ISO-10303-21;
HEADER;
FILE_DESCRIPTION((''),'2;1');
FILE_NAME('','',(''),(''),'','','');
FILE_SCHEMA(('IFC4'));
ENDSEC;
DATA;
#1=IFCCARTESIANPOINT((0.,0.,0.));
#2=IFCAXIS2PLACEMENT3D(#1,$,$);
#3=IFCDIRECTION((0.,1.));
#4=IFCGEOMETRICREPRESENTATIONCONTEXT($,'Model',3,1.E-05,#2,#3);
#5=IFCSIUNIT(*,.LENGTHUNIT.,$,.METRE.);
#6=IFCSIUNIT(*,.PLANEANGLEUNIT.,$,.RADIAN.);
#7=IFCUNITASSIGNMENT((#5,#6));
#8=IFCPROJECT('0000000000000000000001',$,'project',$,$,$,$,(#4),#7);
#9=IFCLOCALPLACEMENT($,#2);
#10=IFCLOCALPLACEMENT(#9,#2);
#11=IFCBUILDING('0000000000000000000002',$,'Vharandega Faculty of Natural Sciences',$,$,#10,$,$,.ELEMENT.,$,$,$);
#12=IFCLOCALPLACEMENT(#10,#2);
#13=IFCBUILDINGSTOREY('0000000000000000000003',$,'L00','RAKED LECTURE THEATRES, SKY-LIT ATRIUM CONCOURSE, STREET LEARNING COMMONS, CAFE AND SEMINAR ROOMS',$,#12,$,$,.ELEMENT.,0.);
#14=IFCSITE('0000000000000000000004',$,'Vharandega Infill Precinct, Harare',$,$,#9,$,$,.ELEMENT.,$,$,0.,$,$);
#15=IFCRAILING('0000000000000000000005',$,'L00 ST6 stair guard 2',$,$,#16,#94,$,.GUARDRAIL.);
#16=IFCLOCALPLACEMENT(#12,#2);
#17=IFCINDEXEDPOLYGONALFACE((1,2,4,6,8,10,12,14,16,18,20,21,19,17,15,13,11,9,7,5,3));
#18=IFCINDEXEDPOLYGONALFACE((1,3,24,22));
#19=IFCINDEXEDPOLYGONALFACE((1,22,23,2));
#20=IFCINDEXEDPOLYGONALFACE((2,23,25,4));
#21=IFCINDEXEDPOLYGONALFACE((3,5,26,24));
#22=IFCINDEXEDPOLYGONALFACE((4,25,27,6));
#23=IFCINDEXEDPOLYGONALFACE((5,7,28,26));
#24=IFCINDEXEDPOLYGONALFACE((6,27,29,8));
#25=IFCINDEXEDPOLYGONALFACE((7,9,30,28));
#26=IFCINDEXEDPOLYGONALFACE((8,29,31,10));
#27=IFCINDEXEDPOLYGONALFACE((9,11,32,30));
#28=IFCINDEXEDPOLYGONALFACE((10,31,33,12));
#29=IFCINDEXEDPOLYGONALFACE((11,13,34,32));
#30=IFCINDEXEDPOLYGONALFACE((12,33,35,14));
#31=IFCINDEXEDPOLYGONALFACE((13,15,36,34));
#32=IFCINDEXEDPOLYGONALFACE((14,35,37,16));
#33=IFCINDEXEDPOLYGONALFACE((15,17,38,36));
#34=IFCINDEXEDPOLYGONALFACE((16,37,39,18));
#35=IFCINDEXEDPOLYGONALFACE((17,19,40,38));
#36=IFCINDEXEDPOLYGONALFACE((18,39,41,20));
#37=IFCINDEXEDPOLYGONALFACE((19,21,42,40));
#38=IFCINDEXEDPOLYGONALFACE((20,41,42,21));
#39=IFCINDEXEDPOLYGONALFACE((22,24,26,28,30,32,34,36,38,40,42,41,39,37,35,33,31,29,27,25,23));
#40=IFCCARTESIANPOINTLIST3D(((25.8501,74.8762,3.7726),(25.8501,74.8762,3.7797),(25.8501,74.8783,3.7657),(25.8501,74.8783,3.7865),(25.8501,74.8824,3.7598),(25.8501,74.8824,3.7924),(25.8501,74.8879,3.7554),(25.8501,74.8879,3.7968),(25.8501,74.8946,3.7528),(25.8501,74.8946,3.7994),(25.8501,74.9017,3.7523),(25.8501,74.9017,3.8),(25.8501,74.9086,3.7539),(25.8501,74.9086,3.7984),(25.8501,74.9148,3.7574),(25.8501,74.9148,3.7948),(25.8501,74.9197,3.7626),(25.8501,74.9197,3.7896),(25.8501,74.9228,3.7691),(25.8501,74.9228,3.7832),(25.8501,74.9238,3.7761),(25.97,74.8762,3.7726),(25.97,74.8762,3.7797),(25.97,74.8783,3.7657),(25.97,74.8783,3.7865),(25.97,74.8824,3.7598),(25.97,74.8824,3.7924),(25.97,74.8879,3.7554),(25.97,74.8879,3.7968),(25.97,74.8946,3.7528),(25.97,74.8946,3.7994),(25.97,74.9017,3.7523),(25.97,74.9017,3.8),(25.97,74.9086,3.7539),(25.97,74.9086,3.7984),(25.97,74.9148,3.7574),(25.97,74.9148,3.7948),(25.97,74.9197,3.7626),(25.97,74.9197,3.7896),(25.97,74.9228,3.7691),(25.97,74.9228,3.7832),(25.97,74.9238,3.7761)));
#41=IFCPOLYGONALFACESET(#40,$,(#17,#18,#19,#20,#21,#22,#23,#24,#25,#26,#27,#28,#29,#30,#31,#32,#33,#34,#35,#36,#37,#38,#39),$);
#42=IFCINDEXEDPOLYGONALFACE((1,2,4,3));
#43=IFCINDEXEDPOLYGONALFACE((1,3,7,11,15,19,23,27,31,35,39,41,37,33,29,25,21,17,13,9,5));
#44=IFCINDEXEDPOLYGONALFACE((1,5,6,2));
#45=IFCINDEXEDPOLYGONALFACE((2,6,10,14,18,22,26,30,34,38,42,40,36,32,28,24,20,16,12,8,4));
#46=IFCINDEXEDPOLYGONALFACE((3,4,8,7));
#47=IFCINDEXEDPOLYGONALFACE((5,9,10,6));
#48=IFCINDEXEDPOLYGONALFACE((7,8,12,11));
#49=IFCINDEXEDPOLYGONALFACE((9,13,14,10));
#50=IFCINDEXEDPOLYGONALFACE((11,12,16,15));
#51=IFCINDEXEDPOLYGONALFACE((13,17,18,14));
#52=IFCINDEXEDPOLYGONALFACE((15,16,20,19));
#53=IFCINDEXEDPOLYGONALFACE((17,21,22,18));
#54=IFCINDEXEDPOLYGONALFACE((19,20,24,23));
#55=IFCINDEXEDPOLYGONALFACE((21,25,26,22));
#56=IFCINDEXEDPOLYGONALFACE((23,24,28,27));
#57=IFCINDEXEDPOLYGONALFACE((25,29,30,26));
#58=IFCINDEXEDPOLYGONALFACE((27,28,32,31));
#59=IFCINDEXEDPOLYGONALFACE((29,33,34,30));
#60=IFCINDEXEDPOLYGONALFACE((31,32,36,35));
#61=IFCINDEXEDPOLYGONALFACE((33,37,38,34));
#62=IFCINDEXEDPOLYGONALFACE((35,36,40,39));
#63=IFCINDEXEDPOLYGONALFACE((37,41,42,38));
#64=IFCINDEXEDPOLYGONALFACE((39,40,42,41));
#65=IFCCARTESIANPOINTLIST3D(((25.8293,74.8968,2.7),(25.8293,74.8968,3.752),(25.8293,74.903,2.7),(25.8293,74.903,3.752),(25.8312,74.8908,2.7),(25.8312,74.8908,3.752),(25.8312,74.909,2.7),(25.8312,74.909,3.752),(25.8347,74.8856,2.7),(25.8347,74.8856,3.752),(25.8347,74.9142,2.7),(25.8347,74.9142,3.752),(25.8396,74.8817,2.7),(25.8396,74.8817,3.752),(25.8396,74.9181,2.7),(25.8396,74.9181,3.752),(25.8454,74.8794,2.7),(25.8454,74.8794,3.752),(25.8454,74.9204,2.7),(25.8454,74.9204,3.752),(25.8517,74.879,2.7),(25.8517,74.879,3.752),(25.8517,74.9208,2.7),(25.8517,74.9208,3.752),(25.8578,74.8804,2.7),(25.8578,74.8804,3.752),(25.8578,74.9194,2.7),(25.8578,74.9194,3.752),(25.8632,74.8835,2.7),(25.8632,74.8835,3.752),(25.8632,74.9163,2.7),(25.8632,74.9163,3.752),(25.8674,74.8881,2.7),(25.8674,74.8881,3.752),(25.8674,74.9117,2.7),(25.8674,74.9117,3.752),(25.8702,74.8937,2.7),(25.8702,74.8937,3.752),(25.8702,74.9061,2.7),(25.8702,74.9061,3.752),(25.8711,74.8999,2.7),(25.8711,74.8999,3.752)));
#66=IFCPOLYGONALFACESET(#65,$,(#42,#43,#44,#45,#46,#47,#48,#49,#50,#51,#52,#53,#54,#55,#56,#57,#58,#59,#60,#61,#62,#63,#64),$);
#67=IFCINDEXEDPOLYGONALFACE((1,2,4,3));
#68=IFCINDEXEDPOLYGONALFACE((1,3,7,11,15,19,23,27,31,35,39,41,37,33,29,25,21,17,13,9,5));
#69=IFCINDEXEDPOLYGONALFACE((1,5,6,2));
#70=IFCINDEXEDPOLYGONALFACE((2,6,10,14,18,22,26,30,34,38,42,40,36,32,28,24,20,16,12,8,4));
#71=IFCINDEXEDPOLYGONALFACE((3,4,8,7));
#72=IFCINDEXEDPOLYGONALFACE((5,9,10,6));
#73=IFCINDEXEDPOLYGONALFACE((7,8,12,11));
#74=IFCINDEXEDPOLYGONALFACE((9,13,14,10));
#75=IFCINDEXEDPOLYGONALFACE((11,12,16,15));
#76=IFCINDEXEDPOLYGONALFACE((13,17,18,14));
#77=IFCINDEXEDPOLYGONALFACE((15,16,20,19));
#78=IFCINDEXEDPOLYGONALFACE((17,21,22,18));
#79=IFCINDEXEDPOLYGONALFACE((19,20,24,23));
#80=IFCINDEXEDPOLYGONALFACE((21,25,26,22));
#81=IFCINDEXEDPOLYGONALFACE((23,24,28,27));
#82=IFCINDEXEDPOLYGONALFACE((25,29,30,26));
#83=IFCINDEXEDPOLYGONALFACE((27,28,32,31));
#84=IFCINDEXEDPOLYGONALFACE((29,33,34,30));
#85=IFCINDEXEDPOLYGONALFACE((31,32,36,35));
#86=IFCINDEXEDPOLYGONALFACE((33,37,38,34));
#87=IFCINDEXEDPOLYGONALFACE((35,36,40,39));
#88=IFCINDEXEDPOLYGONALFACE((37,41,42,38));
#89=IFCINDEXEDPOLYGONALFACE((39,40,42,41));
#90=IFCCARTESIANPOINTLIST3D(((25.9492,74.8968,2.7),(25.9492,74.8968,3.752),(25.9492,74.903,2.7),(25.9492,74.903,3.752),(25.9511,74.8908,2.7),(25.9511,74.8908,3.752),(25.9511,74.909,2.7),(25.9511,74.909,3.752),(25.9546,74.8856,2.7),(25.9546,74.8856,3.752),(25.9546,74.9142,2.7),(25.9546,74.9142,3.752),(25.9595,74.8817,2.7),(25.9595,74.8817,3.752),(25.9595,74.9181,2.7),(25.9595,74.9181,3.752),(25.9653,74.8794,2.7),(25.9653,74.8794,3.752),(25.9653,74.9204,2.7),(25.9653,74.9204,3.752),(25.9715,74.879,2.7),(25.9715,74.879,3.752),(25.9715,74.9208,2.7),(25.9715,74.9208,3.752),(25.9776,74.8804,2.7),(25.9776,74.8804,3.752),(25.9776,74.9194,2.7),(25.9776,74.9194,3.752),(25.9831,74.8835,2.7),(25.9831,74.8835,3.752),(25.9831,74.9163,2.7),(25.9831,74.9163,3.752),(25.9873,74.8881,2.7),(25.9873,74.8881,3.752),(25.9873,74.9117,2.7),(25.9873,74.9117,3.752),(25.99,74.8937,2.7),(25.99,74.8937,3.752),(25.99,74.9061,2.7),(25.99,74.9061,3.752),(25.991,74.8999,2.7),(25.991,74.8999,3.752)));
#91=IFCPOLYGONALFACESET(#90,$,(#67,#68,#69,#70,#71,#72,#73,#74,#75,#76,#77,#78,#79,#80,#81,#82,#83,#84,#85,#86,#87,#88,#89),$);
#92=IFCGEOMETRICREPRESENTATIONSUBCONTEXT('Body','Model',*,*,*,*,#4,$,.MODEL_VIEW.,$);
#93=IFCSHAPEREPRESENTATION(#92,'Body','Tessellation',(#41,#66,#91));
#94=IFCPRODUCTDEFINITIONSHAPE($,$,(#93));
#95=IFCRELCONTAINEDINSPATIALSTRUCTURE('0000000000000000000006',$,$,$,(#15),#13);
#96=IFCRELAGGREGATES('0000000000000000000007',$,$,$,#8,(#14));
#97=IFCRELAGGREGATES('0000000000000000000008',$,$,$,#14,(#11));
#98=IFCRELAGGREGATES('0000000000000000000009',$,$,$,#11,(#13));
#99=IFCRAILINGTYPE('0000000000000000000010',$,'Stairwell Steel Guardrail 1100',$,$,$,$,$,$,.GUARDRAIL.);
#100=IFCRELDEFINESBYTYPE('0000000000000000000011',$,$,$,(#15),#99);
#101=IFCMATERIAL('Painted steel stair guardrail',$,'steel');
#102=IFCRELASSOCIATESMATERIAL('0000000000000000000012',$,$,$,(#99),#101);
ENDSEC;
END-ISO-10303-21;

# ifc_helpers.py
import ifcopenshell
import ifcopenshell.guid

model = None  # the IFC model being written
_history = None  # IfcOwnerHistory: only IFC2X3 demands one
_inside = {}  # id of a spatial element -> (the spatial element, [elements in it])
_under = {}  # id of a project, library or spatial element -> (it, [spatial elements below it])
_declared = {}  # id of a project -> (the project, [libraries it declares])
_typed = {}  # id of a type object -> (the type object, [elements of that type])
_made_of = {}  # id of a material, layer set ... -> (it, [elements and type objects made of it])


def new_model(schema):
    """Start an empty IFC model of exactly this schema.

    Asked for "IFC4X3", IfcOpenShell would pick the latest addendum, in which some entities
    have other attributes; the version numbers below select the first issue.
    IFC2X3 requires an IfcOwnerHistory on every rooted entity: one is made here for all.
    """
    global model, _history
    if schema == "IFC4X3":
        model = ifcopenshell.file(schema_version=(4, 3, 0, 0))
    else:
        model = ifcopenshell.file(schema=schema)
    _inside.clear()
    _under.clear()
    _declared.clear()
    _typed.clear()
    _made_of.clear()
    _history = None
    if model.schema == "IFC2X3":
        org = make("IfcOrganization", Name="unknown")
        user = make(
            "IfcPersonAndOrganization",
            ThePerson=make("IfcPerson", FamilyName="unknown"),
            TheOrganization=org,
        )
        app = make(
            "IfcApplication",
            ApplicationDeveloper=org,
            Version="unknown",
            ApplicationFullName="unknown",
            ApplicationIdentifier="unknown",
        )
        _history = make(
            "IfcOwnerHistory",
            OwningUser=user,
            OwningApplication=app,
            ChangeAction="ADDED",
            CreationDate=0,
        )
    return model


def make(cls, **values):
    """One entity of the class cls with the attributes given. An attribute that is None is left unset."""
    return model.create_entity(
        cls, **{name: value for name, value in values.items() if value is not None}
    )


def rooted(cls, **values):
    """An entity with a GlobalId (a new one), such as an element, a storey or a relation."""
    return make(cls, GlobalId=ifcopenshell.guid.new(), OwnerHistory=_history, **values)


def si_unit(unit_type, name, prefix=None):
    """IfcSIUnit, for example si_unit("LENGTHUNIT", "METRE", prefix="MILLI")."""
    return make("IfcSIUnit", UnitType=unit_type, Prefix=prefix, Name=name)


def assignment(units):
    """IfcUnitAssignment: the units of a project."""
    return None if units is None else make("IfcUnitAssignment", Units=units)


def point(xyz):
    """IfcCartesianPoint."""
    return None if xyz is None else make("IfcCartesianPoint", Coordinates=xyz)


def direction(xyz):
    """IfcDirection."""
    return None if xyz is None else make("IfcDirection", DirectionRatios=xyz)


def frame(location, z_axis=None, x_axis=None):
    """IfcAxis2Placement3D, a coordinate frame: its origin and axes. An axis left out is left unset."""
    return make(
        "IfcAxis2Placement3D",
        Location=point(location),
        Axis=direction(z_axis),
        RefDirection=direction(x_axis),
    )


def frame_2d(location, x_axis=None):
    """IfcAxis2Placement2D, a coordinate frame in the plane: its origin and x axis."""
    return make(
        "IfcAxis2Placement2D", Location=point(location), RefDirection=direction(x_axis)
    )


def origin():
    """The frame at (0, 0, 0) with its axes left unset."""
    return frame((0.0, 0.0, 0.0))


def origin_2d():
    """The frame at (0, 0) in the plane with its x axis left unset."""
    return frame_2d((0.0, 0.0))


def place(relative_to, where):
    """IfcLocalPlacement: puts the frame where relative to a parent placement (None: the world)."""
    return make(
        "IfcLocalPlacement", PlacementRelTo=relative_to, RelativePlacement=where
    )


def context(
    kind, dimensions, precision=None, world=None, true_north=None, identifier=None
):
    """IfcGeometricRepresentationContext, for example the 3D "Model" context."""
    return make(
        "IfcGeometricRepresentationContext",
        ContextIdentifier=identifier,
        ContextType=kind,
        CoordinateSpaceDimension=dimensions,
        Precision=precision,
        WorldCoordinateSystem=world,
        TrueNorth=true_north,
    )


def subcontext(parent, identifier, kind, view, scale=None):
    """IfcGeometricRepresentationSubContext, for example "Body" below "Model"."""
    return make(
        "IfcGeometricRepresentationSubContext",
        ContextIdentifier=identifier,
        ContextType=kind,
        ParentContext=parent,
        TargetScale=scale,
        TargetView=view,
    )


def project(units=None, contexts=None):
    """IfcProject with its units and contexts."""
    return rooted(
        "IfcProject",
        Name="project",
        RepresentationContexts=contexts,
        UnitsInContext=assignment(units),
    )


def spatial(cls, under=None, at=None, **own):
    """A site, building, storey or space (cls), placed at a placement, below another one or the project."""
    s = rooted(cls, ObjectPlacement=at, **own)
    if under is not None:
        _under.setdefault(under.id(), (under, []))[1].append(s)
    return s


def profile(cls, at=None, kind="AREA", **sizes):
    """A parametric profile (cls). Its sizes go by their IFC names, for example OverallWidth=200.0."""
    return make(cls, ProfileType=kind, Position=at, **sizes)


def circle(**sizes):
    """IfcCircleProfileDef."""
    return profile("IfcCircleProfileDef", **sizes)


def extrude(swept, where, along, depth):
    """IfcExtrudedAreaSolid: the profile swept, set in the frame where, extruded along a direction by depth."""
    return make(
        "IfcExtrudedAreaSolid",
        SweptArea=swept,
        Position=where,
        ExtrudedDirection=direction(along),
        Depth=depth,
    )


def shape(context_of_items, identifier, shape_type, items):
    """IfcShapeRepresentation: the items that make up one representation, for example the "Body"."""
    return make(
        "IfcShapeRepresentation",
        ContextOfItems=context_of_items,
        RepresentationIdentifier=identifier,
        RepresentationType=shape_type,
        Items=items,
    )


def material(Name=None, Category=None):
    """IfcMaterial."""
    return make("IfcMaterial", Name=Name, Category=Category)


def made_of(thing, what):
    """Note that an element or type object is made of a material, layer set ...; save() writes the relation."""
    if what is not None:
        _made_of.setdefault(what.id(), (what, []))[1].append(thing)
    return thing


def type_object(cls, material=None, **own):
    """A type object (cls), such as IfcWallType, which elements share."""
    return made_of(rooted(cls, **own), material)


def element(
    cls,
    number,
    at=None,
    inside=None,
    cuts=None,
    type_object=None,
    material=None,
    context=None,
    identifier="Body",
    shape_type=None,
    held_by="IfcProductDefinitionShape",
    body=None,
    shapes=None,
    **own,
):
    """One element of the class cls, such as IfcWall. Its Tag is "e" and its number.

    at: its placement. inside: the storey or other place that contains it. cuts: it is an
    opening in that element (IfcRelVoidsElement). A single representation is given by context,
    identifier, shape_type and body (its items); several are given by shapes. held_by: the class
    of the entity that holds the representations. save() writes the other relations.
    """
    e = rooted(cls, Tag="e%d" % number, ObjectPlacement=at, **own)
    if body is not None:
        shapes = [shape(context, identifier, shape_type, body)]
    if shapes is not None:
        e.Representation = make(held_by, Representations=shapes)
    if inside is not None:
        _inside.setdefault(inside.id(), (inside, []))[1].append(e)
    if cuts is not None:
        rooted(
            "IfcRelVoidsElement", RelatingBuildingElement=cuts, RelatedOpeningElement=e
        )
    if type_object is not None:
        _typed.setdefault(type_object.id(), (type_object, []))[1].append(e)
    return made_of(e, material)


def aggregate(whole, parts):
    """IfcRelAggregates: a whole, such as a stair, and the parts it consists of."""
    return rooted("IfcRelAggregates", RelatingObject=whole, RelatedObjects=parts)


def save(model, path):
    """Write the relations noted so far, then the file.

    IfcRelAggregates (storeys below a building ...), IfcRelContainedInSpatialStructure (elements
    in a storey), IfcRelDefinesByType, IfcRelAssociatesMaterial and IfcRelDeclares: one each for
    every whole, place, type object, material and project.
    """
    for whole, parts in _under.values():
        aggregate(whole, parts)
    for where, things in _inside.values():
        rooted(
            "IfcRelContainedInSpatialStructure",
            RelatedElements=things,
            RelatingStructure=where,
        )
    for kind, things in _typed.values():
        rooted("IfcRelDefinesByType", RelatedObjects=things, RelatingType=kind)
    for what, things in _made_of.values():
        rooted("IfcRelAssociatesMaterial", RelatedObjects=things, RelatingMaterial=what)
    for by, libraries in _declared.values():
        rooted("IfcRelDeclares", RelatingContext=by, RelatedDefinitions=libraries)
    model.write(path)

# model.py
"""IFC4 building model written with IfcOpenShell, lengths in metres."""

from ifc_helpers import new_model, si_unit, direction, frame, origin, origin_2d, place, context, subcontext, project, spatial, circle, extrude, material, type_object, element, save


model = new_model("IFC4")

# Units and contexts
model_context = context("Model", 3, precision=1e-05, world=origin(), true_north=direction((0.0, 1.0)))
body_context = subcontext(model_context, "Body", "Model", "MODEL_VIEW")
ifc_project = project(units=[si_unit("LENGTHUNIT", "METRE"), si_unit("PLANEANGLEUNIT", "RADIAN")], contexts=[model_context])

# Site, building, storey
site_placement = place(None, origin())
site = spatial("IfcSite", under=ifc_project, at=site_placement, Name="Vharandega Infill Precinct, Harare", CompositionType="ELEMENT", RefElevation=0.0)
building_placement = place(site_placement, origin())
building = spatial("IfcBuilding", under=site, at=building_placement, Name="Vharandega Faculty of Natural Sciences", CompositionType="ELEMENT")
storey_placement = place(building_placement, origin())
storey = spatial("IfcBuildingStorey", under=building, at=storey_placement, Name="L00", Description="RAKED LECTURE THEATRES, SKY-LIT ATRIUM CONCOURSE, STREET LEARNING COMMONS, CAFE AND SEMINAR ROOMS", CompositionType="ELEMENT", Elevation=0.0)

# Railing
ifc_material_1 = material(Name="Painted steel stair guardrail", Category="steel")
railing_type_1 = type_object("IfcRailingType", Name="Stairwell Steel Guardrail 1100", PredefinedType="GUARDRAIL", material=ifc_material_1)
railing_1_placement = place(storey_placement, frame((25.8501, 74.8999, 2.7)))
element("IfcRailing", 1, at=railing_1_placement, inside=storey, type_object=railing_type_1, Name="L00 ST6 stair guard 2", PredefinedType="GUARDRAIL", context=body_context, shape_type="SweptSolid", body=[
    extrude(circle(Radius=0.0239, at=origin_2d()), frame((0.0, 0.0, 1.0762), z_axis=(1.0, 0.0, 0.0), x_axis=(0.0, 1.0, 0.0)), (0.0, 0.0, 1.0), 0.1199),
    extrude(circle(Radius=0.021, at=origin_2d()), origin(), (0.0, 0.0, 1.0), 1.052),
    extrude(circle(Radius=0.021, at=origin_2d()), frame((0.1199, 0.0, 0.0)), (0.0, 0.0, 1.0), 1.052),
])

save(model, "model.ifc")
